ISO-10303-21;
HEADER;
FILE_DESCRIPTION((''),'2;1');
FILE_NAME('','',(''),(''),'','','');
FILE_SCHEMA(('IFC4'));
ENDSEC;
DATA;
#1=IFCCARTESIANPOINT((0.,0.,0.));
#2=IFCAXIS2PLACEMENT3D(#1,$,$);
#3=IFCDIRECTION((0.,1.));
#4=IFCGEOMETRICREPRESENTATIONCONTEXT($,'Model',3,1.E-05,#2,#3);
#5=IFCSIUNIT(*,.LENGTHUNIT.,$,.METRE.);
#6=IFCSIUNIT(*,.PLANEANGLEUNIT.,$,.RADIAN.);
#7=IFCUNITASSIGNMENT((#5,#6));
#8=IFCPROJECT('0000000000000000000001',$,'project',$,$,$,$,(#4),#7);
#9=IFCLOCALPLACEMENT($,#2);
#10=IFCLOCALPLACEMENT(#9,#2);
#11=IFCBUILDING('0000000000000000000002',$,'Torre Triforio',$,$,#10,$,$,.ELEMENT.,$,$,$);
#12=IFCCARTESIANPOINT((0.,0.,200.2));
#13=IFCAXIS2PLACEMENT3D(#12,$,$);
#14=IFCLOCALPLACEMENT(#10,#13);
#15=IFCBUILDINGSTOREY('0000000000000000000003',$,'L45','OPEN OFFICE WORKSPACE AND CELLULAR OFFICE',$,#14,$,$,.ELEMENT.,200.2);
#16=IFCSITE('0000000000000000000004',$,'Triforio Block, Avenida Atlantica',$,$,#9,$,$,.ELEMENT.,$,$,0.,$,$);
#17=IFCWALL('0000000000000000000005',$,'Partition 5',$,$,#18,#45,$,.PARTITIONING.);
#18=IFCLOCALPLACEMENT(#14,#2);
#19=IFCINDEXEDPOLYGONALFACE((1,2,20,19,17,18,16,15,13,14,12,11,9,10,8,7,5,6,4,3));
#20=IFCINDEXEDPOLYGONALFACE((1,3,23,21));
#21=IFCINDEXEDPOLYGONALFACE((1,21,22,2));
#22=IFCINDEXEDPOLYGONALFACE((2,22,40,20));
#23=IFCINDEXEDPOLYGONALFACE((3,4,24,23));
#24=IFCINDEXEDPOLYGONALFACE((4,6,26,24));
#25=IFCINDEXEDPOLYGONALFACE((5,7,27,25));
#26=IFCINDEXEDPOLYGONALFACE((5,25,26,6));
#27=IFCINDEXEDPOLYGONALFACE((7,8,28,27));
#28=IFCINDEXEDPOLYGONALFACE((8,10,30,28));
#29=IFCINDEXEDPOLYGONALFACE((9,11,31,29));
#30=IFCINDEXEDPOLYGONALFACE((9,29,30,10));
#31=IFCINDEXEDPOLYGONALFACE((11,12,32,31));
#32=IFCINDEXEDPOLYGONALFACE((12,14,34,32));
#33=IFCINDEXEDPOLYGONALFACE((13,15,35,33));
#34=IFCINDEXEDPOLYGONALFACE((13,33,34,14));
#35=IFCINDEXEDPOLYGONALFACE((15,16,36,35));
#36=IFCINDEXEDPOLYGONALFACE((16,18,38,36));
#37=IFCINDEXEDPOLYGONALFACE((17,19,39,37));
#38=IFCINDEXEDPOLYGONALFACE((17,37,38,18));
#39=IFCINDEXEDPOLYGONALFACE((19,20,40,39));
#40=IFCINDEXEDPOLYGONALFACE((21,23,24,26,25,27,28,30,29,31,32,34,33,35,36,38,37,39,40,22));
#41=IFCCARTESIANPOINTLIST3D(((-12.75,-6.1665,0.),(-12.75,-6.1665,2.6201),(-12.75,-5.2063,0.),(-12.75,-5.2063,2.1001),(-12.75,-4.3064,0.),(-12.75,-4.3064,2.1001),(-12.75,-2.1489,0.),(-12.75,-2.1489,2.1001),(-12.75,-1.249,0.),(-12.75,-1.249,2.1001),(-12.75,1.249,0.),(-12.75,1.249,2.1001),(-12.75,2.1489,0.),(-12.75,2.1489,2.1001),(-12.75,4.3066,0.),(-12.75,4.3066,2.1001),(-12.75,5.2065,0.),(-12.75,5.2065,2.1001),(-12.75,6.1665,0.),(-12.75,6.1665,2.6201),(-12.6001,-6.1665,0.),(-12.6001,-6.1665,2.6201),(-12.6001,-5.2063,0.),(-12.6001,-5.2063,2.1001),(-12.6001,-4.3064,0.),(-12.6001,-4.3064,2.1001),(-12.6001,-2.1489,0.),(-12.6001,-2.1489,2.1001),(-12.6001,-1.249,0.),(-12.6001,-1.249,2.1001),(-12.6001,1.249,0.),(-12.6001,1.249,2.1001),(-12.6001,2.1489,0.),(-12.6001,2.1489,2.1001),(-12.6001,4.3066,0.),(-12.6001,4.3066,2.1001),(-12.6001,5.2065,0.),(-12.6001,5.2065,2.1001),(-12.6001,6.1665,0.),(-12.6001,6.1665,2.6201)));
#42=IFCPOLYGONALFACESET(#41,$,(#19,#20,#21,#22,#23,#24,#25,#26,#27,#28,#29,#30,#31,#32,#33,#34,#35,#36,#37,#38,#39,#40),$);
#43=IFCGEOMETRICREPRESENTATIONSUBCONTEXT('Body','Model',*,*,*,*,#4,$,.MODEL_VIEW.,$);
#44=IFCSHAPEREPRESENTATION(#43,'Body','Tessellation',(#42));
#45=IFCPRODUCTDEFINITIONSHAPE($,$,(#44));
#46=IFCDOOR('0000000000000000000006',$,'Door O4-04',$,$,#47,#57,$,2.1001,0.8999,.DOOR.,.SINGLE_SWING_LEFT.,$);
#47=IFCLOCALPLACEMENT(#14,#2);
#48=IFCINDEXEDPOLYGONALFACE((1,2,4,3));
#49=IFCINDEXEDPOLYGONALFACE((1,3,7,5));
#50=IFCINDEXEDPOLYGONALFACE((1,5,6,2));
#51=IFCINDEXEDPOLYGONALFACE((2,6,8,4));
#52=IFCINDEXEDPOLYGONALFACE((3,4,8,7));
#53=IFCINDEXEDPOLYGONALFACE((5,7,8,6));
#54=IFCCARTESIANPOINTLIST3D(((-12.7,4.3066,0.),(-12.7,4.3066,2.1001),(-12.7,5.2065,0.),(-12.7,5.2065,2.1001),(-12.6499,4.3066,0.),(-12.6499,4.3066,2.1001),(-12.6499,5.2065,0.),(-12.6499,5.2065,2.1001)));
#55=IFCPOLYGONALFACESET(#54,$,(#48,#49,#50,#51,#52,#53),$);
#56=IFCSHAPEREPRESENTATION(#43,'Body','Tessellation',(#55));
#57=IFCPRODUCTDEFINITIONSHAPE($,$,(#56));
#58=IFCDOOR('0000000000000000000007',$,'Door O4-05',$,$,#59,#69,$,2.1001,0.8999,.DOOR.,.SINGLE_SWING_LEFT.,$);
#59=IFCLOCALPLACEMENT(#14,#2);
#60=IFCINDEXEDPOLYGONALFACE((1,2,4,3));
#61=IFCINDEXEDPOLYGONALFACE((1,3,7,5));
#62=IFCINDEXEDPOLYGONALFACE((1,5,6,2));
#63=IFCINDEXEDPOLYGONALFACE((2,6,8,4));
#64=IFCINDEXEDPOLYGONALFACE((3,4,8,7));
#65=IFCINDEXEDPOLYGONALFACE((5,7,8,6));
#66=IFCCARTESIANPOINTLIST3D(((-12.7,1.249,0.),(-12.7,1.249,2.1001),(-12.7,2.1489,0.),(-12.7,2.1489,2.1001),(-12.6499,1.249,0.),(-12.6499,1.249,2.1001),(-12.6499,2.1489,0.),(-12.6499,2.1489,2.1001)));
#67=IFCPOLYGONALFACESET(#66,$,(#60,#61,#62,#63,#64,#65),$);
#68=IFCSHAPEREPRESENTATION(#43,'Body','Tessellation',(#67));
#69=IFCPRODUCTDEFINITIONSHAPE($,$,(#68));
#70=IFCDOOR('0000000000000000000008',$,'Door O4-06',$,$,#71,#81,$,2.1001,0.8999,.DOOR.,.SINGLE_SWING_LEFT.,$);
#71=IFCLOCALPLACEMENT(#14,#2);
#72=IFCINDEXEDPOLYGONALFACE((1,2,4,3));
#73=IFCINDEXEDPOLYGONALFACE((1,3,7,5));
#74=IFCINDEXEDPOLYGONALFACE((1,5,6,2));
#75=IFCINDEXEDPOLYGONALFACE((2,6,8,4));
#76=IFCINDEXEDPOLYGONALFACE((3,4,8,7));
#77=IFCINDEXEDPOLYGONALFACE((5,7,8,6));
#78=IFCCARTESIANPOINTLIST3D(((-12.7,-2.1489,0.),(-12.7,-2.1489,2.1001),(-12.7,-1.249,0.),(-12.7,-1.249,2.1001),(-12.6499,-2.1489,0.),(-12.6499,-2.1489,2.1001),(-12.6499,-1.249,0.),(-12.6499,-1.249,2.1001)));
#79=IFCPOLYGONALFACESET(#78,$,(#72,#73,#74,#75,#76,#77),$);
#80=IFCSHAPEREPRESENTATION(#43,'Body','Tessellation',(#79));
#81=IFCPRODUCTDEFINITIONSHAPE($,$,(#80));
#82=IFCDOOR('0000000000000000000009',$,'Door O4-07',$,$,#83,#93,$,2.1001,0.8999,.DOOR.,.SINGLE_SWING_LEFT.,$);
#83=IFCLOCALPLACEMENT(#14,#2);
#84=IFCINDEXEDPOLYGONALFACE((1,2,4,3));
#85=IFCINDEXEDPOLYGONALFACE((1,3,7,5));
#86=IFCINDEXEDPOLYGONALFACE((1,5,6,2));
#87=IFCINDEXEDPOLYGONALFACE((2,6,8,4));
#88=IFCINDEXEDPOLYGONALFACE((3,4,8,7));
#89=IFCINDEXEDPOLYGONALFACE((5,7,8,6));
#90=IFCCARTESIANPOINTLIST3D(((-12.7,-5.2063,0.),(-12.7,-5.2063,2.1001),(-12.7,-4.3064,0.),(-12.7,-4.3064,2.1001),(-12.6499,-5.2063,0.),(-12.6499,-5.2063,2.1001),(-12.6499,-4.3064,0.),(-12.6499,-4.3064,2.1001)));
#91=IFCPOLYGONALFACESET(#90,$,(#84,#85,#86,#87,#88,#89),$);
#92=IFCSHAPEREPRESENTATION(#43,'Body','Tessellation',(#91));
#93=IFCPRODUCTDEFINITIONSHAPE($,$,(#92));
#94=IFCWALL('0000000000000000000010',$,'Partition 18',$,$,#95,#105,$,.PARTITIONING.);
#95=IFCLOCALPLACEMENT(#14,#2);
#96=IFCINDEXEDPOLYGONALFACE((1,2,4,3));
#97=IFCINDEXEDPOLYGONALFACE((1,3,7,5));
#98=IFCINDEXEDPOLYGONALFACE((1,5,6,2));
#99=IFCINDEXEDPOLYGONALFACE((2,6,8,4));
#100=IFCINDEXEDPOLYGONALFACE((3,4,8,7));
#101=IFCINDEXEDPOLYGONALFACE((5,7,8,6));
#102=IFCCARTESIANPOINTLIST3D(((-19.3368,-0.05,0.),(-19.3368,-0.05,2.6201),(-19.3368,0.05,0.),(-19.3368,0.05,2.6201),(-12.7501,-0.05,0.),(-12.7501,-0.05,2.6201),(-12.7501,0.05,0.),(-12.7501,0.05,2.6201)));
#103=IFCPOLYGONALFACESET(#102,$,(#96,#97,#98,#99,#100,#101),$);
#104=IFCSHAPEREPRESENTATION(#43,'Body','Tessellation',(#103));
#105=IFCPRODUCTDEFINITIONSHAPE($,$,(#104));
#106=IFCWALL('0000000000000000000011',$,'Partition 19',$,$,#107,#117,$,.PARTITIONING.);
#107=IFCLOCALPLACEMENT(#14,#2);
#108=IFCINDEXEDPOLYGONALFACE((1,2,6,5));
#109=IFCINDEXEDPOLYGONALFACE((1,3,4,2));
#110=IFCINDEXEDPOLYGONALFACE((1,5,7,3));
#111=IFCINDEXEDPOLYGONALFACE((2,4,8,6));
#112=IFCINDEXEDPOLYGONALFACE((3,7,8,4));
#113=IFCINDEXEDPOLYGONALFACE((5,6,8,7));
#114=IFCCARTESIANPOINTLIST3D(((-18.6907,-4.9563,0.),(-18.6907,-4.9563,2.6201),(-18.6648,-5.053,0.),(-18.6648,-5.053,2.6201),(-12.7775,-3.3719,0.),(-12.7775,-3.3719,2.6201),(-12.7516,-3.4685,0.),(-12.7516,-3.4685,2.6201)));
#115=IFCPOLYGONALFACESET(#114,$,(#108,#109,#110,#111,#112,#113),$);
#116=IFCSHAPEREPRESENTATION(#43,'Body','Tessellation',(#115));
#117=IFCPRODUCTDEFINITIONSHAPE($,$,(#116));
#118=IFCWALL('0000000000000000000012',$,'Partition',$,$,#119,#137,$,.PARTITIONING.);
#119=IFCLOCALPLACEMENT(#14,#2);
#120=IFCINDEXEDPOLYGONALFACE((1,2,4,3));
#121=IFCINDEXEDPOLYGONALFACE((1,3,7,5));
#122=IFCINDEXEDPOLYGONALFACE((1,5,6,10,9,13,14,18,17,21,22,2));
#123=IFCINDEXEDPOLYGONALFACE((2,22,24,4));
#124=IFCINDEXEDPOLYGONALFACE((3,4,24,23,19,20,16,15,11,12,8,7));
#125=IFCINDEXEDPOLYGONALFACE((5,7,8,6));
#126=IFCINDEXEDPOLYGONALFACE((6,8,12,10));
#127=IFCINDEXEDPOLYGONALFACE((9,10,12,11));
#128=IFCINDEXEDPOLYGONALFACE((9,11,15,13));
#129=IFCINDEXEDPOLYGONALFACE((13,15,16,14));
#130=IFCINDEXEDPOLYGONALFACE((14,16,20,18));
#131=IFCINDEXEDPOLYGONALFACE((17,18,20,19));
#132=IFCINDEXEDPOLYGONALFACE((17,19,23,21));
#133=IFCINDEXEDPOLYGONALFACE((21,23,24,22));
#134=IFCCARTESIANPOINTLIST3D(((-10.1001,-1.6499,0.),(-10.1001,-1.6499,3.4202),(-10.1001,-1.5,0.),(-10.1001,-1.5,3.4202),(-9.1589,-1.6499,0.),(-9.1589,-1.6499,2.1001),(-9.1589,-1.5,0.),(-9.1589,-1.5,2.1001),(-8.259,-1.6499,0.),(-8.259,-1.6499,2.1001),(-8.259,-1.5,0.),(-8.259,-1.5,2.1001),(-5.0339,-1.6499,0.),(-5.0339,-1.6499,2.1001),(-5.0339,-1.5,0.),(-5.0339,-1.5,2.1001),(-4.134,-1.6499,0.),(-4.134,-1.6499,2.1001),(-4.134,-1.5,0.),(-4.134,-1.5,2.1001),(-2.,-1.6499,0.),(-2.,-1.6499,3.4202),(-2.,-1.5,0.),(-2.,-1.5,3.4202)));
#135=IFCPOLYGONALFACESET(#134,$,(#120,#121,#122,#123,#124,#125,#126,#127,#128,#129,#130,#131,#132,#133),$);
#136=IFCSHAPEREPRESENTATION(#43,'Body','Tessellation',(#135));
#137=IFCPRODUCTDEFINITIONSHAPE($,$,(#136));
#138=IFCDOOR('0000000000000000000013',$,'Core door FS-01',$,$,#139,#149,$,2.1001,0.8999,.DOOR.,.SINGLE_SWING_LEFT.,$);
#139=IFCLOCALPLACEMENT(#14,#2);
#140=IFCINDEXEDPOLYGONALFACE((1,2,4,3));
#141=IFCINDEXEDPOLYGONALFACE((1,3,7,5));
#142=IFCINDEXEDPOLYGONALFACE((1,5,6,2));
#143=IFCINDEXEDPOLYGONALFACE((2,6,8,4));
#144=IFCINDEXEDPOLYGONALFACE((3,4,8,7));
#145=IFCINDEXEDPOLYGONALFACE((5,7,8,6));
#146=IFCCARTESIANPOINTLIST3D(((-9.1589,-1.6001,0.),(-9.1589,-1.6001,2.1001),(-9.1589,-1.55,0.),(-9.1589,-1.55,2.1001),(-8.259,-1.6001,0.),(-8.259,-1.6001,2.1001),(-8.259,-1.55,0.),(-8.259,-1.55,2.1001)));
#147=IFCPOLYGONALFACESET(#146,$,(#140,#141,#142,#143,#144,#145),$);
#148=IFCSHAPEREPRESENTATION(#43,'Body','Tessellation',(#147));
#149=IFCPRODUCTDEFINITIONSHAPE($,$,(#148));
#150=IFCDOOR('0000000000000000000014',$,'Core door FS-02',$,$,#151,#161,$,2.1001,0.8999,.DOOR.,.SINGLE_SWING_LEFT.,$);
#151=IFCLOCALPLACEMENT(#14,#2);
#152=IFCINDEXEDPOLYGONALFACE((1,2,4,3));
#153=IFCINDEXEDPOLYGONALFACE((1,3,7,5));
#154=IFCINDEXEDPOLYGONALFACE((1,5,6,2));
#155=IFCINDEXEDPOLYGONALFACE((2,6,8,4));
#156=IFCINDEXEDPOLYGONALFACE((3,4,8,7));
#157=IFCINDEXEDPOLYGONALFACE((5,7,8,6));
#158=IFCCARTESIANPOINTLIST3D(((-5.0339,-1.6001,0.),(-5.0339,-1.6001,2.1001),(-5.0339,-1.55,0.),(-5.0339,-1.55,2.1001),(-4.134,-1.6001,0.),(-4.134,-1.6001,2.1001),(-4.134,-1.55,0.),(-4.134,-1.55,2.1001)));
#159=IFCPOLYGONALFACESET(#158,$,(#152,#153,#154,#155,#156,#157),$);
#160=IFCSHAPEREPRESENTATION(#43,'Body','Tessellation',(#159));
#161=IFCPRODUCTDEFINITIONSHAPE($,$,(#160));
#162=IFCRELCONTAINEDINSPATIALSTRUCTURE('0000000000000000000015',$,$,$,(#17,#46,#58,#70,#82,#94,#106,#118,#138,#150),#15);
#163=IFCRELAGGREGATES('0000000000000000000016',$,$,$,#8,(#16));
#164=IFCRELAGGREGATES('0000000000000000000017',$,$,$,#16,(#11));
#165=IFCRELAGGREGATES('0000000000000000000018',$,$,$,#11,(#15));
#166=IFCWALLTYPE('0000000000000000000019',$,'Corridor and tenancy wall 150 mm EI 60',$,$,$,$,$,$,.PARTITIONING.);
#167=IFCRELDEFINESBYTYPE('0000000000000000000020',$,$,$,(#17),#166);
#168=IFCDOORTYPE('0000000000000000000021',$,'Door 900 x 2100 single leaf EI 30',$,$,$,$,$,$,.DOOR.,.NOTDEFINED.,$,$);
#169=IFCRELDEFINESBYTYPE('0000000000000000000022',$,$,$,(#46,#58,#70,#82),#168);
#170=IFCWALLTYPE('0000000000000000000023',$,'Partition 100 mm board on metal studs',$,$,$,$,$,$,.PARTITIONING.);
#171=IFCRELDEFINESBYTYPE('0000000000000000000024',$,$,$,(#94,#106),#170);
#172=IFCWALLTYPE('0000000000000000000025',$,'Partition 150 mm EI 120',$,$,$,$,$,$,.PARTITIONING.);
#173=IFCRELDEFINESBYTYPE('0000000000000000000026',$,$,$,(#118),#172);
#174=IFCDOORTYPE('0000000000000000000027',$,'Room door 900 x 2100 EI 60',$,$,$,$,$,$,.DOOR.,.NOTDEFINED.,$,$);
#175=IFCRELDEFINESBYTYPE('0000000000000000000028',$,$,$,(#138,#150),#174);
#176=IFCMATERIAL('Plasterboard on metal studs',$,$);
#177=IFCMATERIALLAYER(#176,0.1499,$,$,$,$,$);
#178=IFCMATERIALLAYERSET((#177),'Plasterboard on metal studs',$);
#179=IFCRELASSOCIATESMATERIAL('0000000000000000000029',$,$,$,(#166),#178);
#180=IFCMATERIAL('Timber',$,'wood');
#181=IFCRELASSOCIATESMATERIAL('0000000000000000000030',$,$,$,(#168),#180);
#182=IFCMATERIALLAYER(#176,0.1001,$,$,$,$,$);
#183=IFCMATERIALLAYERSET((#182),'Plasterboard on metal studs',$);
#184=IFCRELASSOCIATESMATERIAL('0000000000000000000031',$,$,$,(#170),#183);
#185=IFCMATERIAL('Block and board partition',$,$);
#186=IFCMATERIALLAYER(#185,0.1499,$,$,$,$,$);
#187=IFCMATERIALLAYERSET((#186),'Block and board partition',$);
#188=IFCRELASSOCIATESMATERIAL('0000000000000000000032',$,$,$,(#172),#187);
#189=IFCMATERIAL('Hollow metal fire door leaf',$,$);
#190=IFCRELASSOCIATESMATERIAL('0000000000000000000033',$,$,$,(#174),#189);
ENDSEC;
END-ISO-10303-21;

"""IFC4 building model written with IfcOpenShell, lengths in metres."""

from ifc_helpers import new_model, si_unit, direction, frame, frame_2d, origin, place, context, subcontext, project, spatial, rectangle, extrude, material, layer, layer_set, type_object, element, fill, save


model = new_model("IFC4")

# Units and contexts
model_context = context("Model", 3, precision=1e-05, world=origin(), true_north=direction((0.0, 1.0)))
body_context = subcontext(model_context, "Body", "Model", "MODEL_VIEW")
ifc_project = project(units=[si_unit("LENGTHUNIT", "METRE"), si_unit("PLANEANGLEUNIT", "RADIAN")], contexts=[model_context])

# Site, building, storey
site_placement = place(None, origin())
site = spatial("IfcSite", under=ifc_project, at=site_placement, Name="Triforio Block, Avenida Atlantica", CompositionType="ELEMENT", RefElevation=0.0)
building_placement = place(site_placement, origin())
building = spatial("IfcBuilding", under=site, at=building_placement, Name="Torre Triforio", CompositionType="ELEMENT")
storey_placement = place(building_placement, frame((0.0, 0.0, 200.2)))
storey = spatial("IfcBuildingStorey", under=building, at=storey_placement, Name="L45", Description="OPEN OFFICE WORKSPACE AND CELLULAR OFFICE", CompositionType="ELEMENT", Elevation=200.2)

# Shared definitions
ifc_material_1 = material(Name="Hollow metal fire door leaf")

# Wall, openings, doors
ifc_material_2 = material(Name="Plasterboard on metal studs")
ifc_layer_1 = layer(ifc_material_2, 0.1499)
ifc_layer_set_1 = layer_set([ifc_layer_1], Name="Plasterboard on metal studs")
wall_type_1 = type_object("IfcWallType", Name="Corridor and tenancy wall 150 mm EI 60", PredefinedType="PARTITIONING", material=ifc_layer_set_1)
wall_1_placement = place(storey_placement, frame((-12.675, -6.1665, 0.0), z_axis=(0.0, 0.0, 1.0), x_axis=(0.0, 1.0, 0.0)))
wall_1 = element("IfcWall", 1, at=wall_1_placement, inside=storey, type_object=wall_type_1, Name="Partition 5", PredefinedType="PARTITIONING", context=body_context, shape_type="SweptSolid", body=[
    extrude(rectangle(XDim=12.333, YDim=0.1499, at=frame_2d((6.1665, 0.0))), origin(), (0.0, 0.0, 1.0), 2.6201),
])
opening_1_placement = place(wall_1_placement, frame((10.4731, 0.0, 0.0)))
opening_1 = element("IfcOpeningElement", 2, at=opening_1_placement, cuts=wall_1, PredefinedType="OPENING", context=body_context, shape_type="SweptSolid", body=[
    extrude(rectangle(XDim=0.8999, YDim=2.1001, at=frame_2d((0.45, 1.05))), frame((0.0, 0.085, 0.0), z_axis=(0.0, -1.0, 0.0), x_axis=(1.0, 0.0, 0.0)), (0.0, 0.0, 1.0), 0.1699),
])
opening_2_placement = place(wall_1_placement, frame((7.4155, 0.0, 0.0)))
opening_2 = element("IfcOpeningElement", 3, at=opening_2_placement, cuts=wall_1, PredefinedType="OPENING", context=body_context, shape_type="SweptSolid", body=[
    extrude(rectangle(XDim=0.8999, YDim=2.1001, at=frame_2d((0.45, 1.05))), frame((0.0, 0.085, 0.0), z_axis=(0.0, -1.0, 0.0), x_axis=(1.0, 0.0, 0.0)), (0.0, 0.0, 1.0), 0.1699),
])
opening_3_placement = place(wall_1_placement, frame((4.0176, 0.0, 0.0)))
opening_3 = element("IfcOpeningElement", 4, at=opening_3_placement, cuts=wall_1, PredefinedType="OPENING", context=body_context, shape_type="SweptSolid", body=[
    extrude(rectangle(XDim=0.8999, YDim=2.1001, at=frame_2d((0.45, 1.05))), frame((0.0, 0.085, 0.0), z_axis=(0.0, -1.0, 0.0), x_axis=(1.0, 0.0, 0.0)), (0.0, 0.0, 1.0), 0.1699),
])
opening_4_placement = place(wall_1_placement, frame((0.9602, 0.0, 0.0)))
opening_4 = element("IfcOpeningElement", 5, at=opening_4_placement, cuts=wall_1, PredefinedType="OPENING", context=body_context, shape_type="SweptSolid", body=[
    extrude(rectangle(XDim=0.8999, YDim=2.1001, at=frame_2d((0.45, 1.05))), frame((0.0, 0.085, 0.0), z_axis=(0.0, -1.0, 0.0), x_axis=(1.0, 0.0, 0.0)), (0.0, 0.0, 1.0), 0.1699),
])
ifc_material_3 = material(Name="Timber", Category="wood")
door_type_1 = type_object("IfcDoorType", Name="Door 900 x 2100 single leaf EI 30", OperationType="NOTDEFINED", PredefinedType="DOOR", material=ifc_material_3)
door_1_placement = place(opening_1_placement, origin())
door_1 = element("IfcDoor", 6, at=door_1_placement, inside=storey, type_object=door_type_1, Name="Door O4-04", OperationType="SINGLE_SWING_LEFT", OverallHeight=2.1001, OverallWidth=0.8999, PredefinedType="DOOR", context=body_context, shape_type="SweptSolid", body=[
    extrude(rectangle(XDim=0.8999, YDim=2.1001, at=frame_2d((0.45, 1.05))), frame((0.0, 0.0249, 0.0), z_axis=(0.0, -1.0, 0.0), x_axis=(1.0, 0.0, 0.0)), (0.0, 0.0, 1.0), 0.05),
])
fill(opening_1, door_1)
door_2_placement = place(opening_2_placement, origin())
door_2 = element("IfcDoor", 7, at=door_2_placement, inside=storey, type_object=door_type_1, Name="Door O4-05", OperationType="SINGLE_SWING_LEFT", OverallHeight=2.1001, OverallWidth=0.8999, PredefinedType="DOOR", context=body_context, shape_type="SweptSolid", body=[
    extrude(rectangle(XDim=0.8999, YDim=2.1001, at=frame_2d((0.45, 1.05))), frame((0.0, 0.0249, 0.0), z_axis=(0.0, -1.0, 0.0), x_axis=(1.0, 0.0, 0.0)), (0.0, 0.0, 1.0), 0.05),
])
fill(opening_2, door_2)
door_3_placement = place(opening_3_placement, origin())
door_3 = element("IfcDoor", 8, at=door_3_placement, inside=storey, type_object=door_type_1, Name="Door O4-06", OperationType="SINGLE_SWING_LEFT", OverallHeight=2.1001, OverallWidth=0.8999, PredefinedType="DOOR", context=body_context, shape_type="SweptSolid", body=[
    extrude(rectangle(XDim=0.8999, YDim=2.1001, at=frame_2d((0.45, 1.05))), frame((0.0, 0.0249, 0.0), z_axis=(0.0, -1.0, 0.0), x_axis=(1.0, 0.0, 0.0)), (0.0, 0.0, 1.0), 0.05),
])
fill(opening_3, door_3)
door_4_placement = place(opening_4_placement, origin())
door_4 = element("IfcDoor", 9, at=door_4_placement, inside=storey, type_object=door_type_1, Name="Door O4-07", OperationType="SINGLE_SWING_LEFT", OverallHeight=2.1001, OverallWidth=0.8999, PredefinedType="DOOR", context=body_context, shape_type="SweptSolid", body=[
    extrude(rectangle(XDim=0.8999, YDim=2.1001, at=frame_2d((0.45, 1.05))), frame((0.0, 0.0249, 0.0), z_axis=(0.0, -1.0, 0.0), x_axis=(1.0, 0.0, 0.0)), (0.0, 0.0, 1.0), 0.05),
])
fill(opening_4, door_4)

# Walls
ifc_layer_2 = layer(ifc_material_2, 0.1001)
ifc_layer_set_2 = layer_set([ifc_layer_2], Name="Plasterboard on metal studs")
wall_type_2 = type_object("IfcWallType", Name="Partition 100 mm board on metal studs", PredefinedType="PARTITIONING", material=ifc_layer_set_2)
wall_2_placement = place(storey_placement, frame((-12.75, 0.0, 0.0), z_axis=(0.0, 0.0, 1.0), x_axis=(-1.0, 0.0, 0.0)))
element("IfcWall", 10, at=wall_2_placement, inside=storey, type_object=wall_type_2, Name="Partition 18", PredefinedType="PARTITIONING", context=body_context, shape_type="SweptSolid", body=[
    extrude(rectangle(XDim=6.5867, YDim=0.1001, at=frame_2d((3.2935, 0.0))), origin(), (0.0, 0.0, 1.0), 2.6201),
])
wall_3_placement = place(storey_placement, frame((-12.7644, -3.4202, 0.0), z_axis=(0.0, 0.0, 1.0), x_axis=(-0.965926, -0.258819, 0.0)))
element("IfcWall", 11, at=wall_3_placement, inside=storey, type_object=wall_type_2, Name="Partition 19", PredefinedType="PARTITIONING", context=body_context, shape_type="SweptSolid", body=[
    extrude(rectangle(XDim=6.1218, YDim=0.1001, at=frame_2d((3.061, 0.0))), origin(), (0.0, 0.0, 1.0), 2.6201),
])

# Wall, openings, doors
ifc_material_4 = material(Name="Block and board partition")
ifc_layer_3 = layer(ifc_material_4, 0.1499)
ifc_layer_set_3 = layer_set([ifc_layer_3], Name="Block and board partition")
wall_type_3 = type_object("IfcWallType", Name="Partition 150 mm EI 120", PredefinedType="PARTITIONING", material=ifc_layer_set_3)
wall_4_placement = place(storey_placement, frame((-10.1001, -1.575, 0.0), z_axis=(0.0, 0.0, 1.0), x_axis=(1.0, 0.0, 0.0)))
wall_4 = element("IfcWall", 12, at=wall_4_placement, inside=storey, type_object=wall_type_3, Name="Partition", PredefinedType="PARTITIONING", context=body_context, shape_type="SweptSolid", body=[
    extrude(rectangle(XDim=8.1001, YDim=0.1499, at=frame_2d((4.05, 0.0))), origin(), (0.0, 0.0, 1.0), 3.4202),
])
opening_5_placement = place(wall_4_placement, frame((0.9412, 0.0, 0.0)))
opening_5 = element("IfcOpeningElement", 13, at=opening_5_placement, cuts=wall_4, PredefinedType="OPENING", context=body_context, shape_type="SweptSolid", body=[
    extrude(rectangle(XDim=0.8999, YDim=2.1001, at=frame_2d((0.45, 1.05))), frame((0.0, 0.085, 0.0), z_axis=(0.0, -1.0, 0.0), x_axis=(1.0, 0.0, 0.0)), (0.0, 0.0, 1.0), 0.1699),
])
opening_6_placement = place(wall_4_placement, frame((5.0662, 0.0, 0.0)))
opening_6 = element("IfcOpeningElement", 14, at=opening_6_placement, cuts=wall_4, PredefinedType="OPENING", context=body_context, shape_type="SweptSolid", body=[
    extrude(rectangle(XDim=0.8999, YDim=2.1001, at=frame_2d((0.45, 1.05))), frame((0.0, 0.085, 0.0), z_axis=(0.0, -1.0, 0.0), x_axis=(1.0, 0.0, 0.0)), (0.0, 0.0, 1.0), 0.1699),
])
door_type_2 = type_object("IfcDoorType", Name="Room door 900 x 2100 EI 60", OperationType="NOTDEFINED", PredefinedType="DOOR", material=ifc_material_1)
door_5_placement = place(opening_5_placement, origin())
door_5 = element("IfcDoor", 15, at=door_5_placement, inside=storey, type_object=door_type_2, Name="Core door FS-01", OperationType="SINGLE_SWING_LEFT", OverallHeight=2.1001, OverallWidth=0.8999, PredefinedType="DOOR", context=body_context, shape_type="SweptSolid", body=[
    extrude(rectangle(XDim=0.8999, YDim=2.1001, at=frame_2d((0.45, 1.05))), frame((0.0, 0.0249, 0.0), z_axis=(0.0, -1.0, 0.0), x_axis=(1.0, 0.0, 0.0)), (0.0, 0.0, 1.0), 0.05),
])
fill(opening_5, door_5)
door_6_placement = place(opening_6_placement, origin())
door_6 = element("IfcDoor", 16, at=door_6_placement, inside=storey, type_object=door_type_2, Name="Core door FS-02", OperationType="SINGLE_SWING_LEFT", OverallHeight=2.1001, OverallWidth=0.8999, PredefinedType="DOOR", context=body_context, shape_type="SweptSolid", body=[
    extrude(rectangle(XDim=0.8999, YDim=2.1001, at=frame_2d((0.45, 1.05))), frame((0.0, 0.0249, 0.0), z_axis=(0.0, -1.0, 0.0), x_axis=(1.0, 0.0, 0.0)), (0.0, 0.0, 1.0), 0.05),
])
fill(opening_6, door_6)

save(model, "model.ifc")
